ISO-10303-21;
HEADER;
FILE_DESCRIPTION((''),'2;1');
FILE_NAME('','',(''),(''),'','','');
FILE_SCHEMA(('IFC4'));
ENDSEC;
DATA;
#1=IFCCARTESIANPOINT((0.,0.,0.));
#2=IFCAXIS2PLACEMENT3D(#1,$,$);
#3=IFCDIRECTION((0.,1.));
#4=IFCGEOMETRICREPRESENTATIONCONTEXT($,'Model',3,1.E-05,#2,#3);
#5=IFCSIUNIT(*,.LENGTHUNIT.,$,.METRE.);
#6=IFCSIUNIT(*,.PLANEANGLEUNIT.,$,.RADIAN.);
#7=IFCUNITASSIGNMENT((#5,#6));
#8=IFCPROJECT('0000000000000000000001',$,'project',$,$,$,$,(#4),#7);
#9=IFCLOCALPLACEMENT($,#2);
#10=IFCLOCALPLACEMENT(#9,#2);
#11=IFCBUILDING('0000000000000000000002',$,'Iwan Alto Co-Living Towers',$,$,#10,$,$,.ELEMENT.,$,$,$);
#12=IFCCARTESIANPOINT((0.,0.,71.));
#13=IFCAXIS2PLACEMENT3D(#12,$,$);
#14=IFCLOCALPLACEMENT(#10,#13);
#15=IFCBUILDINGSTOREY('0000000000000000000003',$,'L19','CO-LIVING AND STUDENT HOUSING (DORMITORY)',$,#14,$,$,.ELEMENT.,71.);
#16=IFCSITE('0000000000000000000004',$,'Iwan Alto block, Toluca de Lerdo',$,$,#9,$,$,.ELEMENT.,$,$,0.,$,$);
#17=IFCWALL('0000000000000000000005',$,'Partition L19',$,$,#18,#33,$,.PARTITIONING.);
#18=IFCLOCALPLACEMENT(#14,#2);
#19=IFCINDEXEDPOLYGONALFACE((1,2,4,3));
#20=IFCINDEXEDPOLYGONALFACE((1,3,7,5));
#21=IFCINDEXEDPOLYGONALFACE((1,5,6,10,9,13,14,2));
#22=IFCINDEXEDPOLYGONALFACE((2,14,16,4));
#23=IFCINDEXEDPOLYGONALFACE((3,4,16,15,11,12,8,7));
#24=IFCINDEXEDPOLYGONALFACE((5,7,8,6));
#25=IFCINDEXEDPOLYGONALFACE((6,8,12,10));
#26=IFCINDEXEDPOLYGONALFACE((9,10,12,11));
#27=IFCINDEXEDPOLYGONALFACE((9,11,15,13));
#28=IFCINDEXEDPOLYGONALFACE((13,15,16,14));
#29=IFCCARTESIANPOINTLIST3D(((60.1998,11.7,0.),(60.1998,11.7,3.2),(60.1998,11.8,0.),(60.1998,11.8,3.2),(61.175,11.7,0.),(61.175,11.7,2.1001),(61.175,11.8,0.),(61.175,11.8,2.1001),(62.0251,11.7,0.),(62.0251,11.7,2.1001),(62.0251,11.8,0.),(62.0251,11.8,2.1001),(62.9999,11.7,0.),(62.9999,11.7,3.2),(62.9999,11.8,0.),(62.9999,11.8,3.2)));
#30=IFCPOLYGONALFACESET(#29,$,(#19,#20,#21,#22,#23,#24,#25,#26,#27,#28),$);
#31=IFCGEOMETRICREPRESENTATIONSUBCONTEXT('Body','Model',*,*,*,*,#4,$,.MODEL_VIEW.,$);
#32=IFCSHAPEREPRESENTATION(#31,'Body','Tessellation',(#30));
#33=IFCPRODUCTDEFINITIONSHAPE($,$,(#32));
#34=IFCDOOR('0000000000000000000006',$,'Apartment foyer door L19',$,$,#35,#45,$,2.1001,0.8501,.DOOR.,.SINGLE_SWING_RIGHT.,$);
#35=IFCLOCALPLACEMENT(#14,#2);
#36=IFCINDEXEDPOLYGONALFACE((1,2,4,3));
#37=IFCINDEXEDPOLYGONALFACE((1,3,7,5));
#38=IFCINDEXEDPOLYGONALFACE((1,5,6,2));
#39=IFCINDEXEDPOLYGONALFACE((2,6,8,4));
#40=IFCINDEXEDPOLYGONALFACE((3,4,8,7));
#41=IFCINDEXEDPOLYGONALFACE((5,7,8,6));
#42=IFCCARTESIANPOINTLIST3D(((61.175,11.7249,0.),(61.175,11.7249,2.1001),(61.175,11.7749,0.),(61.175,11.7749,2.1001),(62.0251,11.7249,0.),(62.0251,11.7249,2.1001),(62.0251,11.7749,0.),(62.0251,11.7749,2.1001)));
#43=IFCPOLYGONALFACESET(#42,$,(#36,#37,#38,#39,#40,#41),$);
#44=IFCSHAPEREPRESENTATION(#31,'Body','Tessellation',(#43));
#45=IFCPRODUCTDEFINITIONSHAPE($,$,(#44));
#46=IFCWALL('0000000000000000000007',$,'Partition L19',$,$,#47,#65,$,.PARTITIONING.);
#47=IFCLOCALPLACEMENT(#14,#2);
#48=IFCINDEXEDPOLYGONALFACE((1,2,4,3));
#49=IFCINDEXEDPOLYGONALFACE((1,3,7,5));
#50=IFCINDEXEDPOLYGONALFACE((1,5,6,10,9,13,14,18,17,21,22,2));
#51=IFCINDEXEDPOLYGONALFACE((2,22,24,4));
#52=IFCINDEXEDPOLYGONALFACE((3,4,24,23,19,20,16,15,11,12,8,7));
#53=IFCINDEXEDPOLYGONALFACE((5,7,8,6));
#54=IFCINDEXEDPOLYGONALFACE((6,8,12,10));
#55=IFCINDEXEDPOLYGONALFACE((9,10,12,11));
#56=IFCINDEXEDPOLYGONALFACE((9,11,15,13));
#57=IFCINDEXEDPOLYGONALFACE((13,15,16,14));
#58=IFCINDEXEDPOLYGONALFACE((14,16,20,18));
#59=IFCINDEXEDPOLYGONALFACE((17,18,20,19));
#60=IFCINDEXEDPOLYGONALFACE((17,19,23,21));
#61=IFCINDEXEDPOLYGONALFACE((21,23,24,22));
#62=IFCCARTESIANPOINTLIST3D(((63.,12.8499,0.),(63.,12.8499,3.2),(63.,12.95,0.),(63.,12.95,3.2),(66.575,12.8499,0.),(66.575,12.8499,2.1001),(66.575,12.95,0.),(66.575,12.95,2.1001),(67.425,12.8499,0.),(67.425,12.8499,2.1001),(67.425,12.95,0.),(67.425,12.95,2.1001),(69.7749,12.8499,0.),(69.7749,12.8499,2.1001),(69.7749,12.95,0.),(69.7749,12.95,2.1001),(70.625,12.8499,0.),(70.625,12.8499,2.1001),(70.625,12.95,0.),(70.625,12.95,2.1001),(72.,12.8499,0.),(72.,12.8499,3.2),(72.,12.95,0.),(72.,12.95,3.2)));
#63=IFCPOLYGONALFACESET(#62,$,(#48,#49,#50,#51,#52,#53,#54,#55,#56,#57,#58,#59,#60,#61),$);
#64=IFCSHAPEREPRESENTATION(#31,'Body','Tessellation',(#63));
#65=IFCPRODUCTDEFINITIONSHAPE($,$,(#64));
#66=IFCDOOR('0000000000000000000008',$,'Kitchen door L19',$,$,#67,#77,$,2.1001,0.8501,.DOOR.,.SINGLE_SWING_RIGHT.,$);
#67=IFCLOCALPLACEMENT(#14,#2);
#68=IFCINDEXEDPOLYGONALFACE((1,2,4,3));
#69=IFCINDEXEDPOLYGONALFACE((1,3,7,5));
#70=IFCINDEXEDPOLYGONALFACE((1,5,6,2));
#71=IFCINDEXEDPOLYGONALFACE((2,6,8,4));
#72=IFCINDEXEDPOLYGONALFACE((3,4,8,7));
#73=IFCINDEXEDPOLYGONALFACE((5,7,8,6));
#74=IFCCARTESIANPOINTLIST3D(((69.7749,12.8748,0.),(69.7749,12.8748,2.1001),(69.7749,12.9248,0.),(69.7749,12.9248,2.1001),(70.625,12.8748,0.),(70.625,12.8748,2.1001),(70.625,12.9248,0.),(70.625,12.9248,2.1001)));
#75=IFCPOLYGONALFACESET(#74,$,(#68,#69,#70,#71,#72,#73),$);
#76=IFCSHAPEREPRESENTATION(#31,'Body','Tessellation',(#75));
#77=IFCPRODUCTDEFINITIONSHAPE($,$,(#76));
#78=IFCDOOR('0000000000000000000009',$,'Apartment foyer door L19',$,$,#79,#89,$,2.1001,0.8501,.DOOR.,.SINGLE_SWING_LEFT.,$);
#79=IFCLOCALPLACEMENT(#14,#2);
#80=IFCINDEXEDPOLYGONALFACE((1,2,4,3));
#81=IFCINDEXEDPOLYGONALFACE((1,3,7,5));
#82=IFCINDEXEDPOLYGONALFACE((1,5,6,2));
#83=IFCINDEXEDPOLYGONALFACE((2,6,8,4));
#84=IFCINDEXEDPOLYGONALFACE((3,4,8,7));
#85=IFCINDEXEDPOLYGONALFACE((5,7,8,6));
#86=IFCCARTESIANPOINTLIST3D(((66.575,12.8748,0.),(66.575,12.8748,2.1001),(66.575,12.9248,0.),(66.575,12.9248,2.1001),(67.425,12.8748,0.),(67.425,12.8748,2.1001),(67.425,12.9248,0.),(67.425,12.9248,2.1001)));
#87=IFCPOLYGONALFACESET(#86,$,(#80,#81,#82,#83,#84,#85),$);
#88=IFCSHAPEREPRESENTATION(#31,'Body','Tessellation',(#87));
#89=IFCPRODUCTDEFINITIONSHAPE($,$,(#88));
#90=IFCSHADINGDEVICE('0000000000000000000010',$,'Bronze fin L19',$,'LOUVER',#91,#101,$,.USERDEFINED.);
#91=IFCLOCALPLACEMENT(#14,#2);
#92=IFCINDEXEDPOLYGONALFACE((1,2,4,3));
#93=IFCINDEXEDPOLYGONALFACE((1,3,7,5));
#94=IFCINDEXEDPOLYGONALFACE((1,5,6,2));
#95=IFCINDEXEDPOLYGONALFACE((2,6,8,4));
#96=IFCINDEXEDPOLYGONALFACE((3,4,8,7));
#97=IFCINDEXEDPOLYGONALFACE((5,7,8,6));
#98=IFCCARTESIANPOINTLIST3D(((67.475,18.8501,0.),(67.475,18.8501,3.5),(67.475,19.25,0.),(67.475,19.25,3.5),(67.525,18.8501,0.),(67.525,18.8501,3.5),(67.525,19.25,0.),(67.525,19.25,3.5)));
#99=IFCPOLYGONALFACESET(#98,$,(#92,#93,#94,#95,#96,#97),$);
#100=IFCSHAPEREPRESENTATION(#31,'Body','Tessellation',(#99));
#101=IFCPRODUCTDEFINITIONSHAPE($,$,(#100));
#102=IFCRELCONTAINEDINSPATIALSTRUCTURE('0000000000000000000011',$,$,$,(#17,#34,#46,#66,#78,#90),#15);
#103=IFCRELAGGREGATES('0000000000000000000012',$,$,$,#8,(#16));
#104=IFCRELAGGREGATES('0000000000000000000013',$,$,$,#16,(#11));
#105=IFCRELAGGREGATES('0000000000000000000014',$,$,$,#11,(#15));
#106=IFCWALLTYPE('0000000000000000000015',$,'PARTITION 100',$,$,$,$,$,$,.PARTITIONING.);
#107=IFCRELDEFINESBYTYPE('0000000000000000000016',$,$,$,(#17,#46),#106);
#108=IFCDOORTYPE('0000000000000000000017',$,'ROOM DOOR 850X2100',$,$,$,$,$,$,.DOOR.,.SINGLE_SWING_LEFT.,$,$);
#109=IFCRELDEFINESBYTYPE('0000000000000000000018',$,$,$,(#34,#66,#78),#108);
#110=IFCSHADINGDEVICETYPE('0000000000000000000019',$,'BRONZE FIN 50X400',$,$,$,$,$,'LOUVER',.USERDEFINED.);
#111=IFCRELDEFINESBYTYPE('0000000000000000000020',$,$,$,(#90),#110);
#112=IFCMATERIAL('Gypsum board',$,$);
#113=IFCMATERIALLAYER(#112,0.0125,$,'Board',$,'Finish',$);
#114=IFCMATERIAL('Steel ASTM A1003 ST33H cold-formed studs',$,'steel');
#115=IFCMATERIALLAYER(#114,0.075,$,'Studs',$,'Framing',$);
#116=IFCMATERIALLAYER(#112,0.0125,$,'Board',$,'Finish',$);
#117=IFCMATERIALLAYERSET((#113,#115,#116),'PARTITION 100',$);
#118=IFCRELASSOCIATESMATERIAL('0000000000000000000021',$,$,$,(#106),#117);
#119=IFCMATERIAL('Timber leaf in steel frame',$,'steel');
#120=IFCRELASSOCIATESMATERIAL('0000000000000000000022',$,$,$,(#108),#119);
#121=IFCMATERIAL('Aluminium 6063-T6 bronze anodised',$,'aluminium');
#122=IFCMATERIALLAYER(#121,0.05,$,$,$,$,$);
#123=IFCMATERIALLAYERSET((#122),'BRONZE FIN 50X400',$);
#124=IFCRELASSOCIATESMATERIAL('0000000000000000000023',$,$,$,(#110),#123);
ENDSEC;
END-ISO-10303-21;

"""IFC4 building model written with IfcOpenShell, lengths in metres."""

from ifc_helpers import new_model, si_unit, direction, frame, frame_2d, origin, origin_2d, place, context, subcontext, project, spatial, rectangle, extrude, material, layer, layer_set, type_object, element, fill, save


model = new_model("IFC4")

# Units and contexts
model_context = context("Model", 3, precision=1e-05, world=origin(), true_north=direction((0.0, 1.0)))
body_context = subcontext(model_context, "Body", "Model", "MODEL_VIEW")
ifc_project = project(units=[si_unit("LENGTHUNIT", "METRE"), si_unit("PLANEANGLEUNIT", "RADIAN")], contexts=[model_context])

# Site, building, storey
site_placement = place(None, origin())
site = spatial("IfcSite", under=ifc_project, at=site_placement, Name="Iwan Alto block, Toluca de Lerdo", CompositionType="ELEMENT", RefElevation=0.0)
building_placement = place(site_placement, origin())
building = spatial("IfcBuilding", under=site, at=building_placement, Name="Iwan Alto Co-Living Towers", CompositionType="ELEMENT")
storey_placement = place(building_placement, frame((0.0, 0.0, 71.0)))
storey = spatial("IfcBuildingStorey", under=building, at=storey_placement, Name="L19", Description="CO-LIVING AND STUDENT HOUSING (DORMITORY)", CompositionType="ELEMENT", Elevation=71.0)

# Wall, opening, door
ifc_material_1 = material(Name="Gypsum board")
ifc_layer_1 = layer(ifc_material_1, 0.0125, Name="Board", Category="Finish")
ifc_material_2 = material(Name="Steel ASTM A1003 ST33H cold-formed studs", Category="steel")
ifc_layer_2 = layer(ifc_material_2, 0.075, Name="Studs", Category="Framing")
ifc_layer_3 = layer(ifc_material_1, 0.0125, Name="Board", Category="Finish")
ifc_layer_set_1 = layer_set([ifc_layer_1, ifc_layer_2, ifc_layer_3], Name="PARTITION 100")
wall_type = type_object("IfcWallType", Name="PARTITION 100", PredefinedType="PARTITIONING", material=ifc_layer_set_1)
wall_1_placement = place(storey_placement, frame((60.2, 11.75, 0.0), z_axis=(0.0, 0.0, 1.0), x_axis=(1.0, 0.0, 0.0)))
wall_1 = element("IfcWall", 1, at=wall_1_placement, inside=storey, type_object=wall_type, Name="Partition L19", PredefinedType="PARTITIONING", context=body_context, shape_type="SweptSolid", body=[
    extrude(rectangle(XDim=2.8, YDim=0.1001, at=frame_2d((1.3999, 0.0))), origin(), (0.0, 0.0, 1.0), 3.2),
])
opening_1_placement = place(wall_1_placement, frame((0.9751, 0.0, 0.0)))
opening_1 = element("IfcOpeningElement", 2, at=opening_1_placement, cuts=wall_1, PredefinedType="OPENING", context=body_context, shape_type="SweptSolid", body=[
    extrude(rectangle(XDim=0.8501, YDim=2.1001, at=frame_2d((0.425, 1.05))), frame((0.0, 0.0601, 0.0), z_axis=(0.0, -1.0, 0.0), x_axis=(1.0, 0.0, 0.0)), (0.0, 0.0, 1.0), 0.1201),
])
ifc_material_3 = material(Name="Timber leaf in steel frame", Category="steel")
door_type = type_object("IfcDoorType", Name="ROOM DOOR 850X2100", OperationType="SINGLE_SWING_LEFT", PredefinedType="DOOR", material=ifc_material_3)
door_1_placement = place(opening_1_placement, origin())
door_1 = element("IfcDoor", 3, at=door_1_placement, inside=storey, type_object=door_type, Name="Apartment foyer door L19", OperationType="SINGLE_SWING_RIGHT", OverallHeight=2.1001, OverallWidth=0.8501, PredefinedType="DOOR", context=body_context, shape_type="SweptSolid", body=[
    extrude(rectangle(XDim=0.8501, YDim=2.1001, at=frame_2d((0.425, 1.05))), frame((0.0, 0.0249, 0.0), z_axis=(0.0, -1.0, 0.0), x_axis=(1.0, 0.0, 0.0)), (0.0, 0.0, 1.0), 0.05),
])
fill(opening_1, door_1)

# Wall, openings, doors
wall_2_placement = place(storey_placement, frame((63.0, 12.8999, 0.0), z_axis=(0.0, 0.0, 1.0), x_axis=(1.0, 0.0, 0.0)))
wall_2 = element("IfcWall", 4, at=wall_2_placement, inside=storey, type_object=wall_type, Name="Partition L19", PredefinedType="PARTITIONING", context=body_context, shape_type="SweptSolid", body=[
    extrude(rectangle(XDim=9.0, YDim=0.1001, at=frame_2d((4.5, 0.0))), origin(), (0.0, 0.0, 1.0), 3.2),
])
opening_2_placement = place(wall_2_placement, frame((6.7749, 0.0, 0.0)))
opening_2 = element("IfcOpeningElement", 5, at=opening_2_placement, cuts=wall_2, PredefinedType="OPENING", context=body_context, shape_type="SweptSolid", body=[
    extrude(rectangle(XDim=0.8501, YDim=2.1001, at=frame_2d((0.425, 1.05))), frame((0.0, 0.0601, 0.0), z_axis=(0.0, -1.0, 0.0), x_axis=(1.0, 0.0, 0.0)), (0.0, 0.0, 1.0), 0.1201),
])
opening_3_placement = place(wall_2_placement, frame((3.575, 0.0, 0.0)))
opening_3 = element("IfcOpeningElement", 6, at=opening_3_placement, cuts=wall_2, PredefinedType="OPENING", context=body_context, shape_type="SweptSolid", body=[
    extrude(rectangle(XDim=0.8501, YDim=2.1001, at=frame_2d((0.425, 1.05))), frame((0.0, 0.0601, 0.0), z_axis=(0.0, -1.0, 0.0), x_axis=(1.0, 0.0, 0.0)), (0.0, 0.0, 1.0), 0.1201),
])
door_2_placement = place(opening_2_placement, origin())
door_2 = element("IfcDoor", 7, at=door_2_placement, inside=storey, type_object=door_type, Name="Kitchen door L19", OperationType="SINGLE_SWING_RIGHT", OverallHeight=2.1001, OverallWidth=0.8501, PredefinedType="DOOR", context=body_context, shape_type="SweptSolid", body=[
    extrude(rectangle(XDim=0.8501, YDim=2.1001, at=frame_2d((0.425, 1.05))), frame((0.0, 0.0249, 0.0), z_axis=(0.0, -1.0, 0.0), x_axis=(1.0, 0.0, 0.0)), (0.0, 0.0, 1.0), 0.05),
])
fill(opening_2, door_2)
door_3_placement = place(opening_3_placement, origin())
door_3 = element("IfcDoor", 8, at=door_3_placement, inside=storey, type_object=door_type, Name="Apartment foyer door L19", OperationType="SINGLE_SWING_LEFT", OverallHeight=2.1001, OverallWidth=0.8501, PredefinedType="DOOR", context=body_context, shape_type="SweptSolid", body=[
    extrude(rectangle(XDim=0.8501, YDim=2.1001, at=frame_2d((0.425, 1.05))), frame((0.0, 0.0249, 0.0), z_axis=(0.0, -1.0, 0.0), x_axis=(1.0, 0.0, 0.0)), (0.0, 0.0, 1.0), 0.05),
])
fill(opening_3, door_3)

# Shading device
ifc_material_4 = material(Name="Aluminium 6063-T6 bronze anodised", Category="aluminium")
ifc_layer_4 = layer(ifc_material_4, 0.05)
ifc_layer_set_2 = layer_set([ifc_layer_4], Name="BRONZE FIN 50X400")
shading_device_type = type_object("IfcShadingDeviceType", Name="BRONZE FIN 50X400", ElementType="LOUVER", PredefinedType="USERDEFINED", material=ifc_layer_set_2)
shading_device_placement = place(storey_placement, frame((67.5, 19.05, 0.0), z_axis=(0.0, 0.0, 1.0), x_axis=(-1.0, 0.0, 0.0)))
element("IfcShadingDevice", 9, at=shading_device_placement, inside=storey, type_object=shading_device_type, Name="Bronze fin L19", ObjectType="LOUVER", PredefinedType="USERDEFINED", context=body_context, shape_type="SweptSolid", body=[
    extrude(rectangle(XDim=0.05, YDim=0.3999, at=origin_2d()), origin(), (0.0, 0.0, 1.0), 3.5),
])

save(model, "model.ifc")
